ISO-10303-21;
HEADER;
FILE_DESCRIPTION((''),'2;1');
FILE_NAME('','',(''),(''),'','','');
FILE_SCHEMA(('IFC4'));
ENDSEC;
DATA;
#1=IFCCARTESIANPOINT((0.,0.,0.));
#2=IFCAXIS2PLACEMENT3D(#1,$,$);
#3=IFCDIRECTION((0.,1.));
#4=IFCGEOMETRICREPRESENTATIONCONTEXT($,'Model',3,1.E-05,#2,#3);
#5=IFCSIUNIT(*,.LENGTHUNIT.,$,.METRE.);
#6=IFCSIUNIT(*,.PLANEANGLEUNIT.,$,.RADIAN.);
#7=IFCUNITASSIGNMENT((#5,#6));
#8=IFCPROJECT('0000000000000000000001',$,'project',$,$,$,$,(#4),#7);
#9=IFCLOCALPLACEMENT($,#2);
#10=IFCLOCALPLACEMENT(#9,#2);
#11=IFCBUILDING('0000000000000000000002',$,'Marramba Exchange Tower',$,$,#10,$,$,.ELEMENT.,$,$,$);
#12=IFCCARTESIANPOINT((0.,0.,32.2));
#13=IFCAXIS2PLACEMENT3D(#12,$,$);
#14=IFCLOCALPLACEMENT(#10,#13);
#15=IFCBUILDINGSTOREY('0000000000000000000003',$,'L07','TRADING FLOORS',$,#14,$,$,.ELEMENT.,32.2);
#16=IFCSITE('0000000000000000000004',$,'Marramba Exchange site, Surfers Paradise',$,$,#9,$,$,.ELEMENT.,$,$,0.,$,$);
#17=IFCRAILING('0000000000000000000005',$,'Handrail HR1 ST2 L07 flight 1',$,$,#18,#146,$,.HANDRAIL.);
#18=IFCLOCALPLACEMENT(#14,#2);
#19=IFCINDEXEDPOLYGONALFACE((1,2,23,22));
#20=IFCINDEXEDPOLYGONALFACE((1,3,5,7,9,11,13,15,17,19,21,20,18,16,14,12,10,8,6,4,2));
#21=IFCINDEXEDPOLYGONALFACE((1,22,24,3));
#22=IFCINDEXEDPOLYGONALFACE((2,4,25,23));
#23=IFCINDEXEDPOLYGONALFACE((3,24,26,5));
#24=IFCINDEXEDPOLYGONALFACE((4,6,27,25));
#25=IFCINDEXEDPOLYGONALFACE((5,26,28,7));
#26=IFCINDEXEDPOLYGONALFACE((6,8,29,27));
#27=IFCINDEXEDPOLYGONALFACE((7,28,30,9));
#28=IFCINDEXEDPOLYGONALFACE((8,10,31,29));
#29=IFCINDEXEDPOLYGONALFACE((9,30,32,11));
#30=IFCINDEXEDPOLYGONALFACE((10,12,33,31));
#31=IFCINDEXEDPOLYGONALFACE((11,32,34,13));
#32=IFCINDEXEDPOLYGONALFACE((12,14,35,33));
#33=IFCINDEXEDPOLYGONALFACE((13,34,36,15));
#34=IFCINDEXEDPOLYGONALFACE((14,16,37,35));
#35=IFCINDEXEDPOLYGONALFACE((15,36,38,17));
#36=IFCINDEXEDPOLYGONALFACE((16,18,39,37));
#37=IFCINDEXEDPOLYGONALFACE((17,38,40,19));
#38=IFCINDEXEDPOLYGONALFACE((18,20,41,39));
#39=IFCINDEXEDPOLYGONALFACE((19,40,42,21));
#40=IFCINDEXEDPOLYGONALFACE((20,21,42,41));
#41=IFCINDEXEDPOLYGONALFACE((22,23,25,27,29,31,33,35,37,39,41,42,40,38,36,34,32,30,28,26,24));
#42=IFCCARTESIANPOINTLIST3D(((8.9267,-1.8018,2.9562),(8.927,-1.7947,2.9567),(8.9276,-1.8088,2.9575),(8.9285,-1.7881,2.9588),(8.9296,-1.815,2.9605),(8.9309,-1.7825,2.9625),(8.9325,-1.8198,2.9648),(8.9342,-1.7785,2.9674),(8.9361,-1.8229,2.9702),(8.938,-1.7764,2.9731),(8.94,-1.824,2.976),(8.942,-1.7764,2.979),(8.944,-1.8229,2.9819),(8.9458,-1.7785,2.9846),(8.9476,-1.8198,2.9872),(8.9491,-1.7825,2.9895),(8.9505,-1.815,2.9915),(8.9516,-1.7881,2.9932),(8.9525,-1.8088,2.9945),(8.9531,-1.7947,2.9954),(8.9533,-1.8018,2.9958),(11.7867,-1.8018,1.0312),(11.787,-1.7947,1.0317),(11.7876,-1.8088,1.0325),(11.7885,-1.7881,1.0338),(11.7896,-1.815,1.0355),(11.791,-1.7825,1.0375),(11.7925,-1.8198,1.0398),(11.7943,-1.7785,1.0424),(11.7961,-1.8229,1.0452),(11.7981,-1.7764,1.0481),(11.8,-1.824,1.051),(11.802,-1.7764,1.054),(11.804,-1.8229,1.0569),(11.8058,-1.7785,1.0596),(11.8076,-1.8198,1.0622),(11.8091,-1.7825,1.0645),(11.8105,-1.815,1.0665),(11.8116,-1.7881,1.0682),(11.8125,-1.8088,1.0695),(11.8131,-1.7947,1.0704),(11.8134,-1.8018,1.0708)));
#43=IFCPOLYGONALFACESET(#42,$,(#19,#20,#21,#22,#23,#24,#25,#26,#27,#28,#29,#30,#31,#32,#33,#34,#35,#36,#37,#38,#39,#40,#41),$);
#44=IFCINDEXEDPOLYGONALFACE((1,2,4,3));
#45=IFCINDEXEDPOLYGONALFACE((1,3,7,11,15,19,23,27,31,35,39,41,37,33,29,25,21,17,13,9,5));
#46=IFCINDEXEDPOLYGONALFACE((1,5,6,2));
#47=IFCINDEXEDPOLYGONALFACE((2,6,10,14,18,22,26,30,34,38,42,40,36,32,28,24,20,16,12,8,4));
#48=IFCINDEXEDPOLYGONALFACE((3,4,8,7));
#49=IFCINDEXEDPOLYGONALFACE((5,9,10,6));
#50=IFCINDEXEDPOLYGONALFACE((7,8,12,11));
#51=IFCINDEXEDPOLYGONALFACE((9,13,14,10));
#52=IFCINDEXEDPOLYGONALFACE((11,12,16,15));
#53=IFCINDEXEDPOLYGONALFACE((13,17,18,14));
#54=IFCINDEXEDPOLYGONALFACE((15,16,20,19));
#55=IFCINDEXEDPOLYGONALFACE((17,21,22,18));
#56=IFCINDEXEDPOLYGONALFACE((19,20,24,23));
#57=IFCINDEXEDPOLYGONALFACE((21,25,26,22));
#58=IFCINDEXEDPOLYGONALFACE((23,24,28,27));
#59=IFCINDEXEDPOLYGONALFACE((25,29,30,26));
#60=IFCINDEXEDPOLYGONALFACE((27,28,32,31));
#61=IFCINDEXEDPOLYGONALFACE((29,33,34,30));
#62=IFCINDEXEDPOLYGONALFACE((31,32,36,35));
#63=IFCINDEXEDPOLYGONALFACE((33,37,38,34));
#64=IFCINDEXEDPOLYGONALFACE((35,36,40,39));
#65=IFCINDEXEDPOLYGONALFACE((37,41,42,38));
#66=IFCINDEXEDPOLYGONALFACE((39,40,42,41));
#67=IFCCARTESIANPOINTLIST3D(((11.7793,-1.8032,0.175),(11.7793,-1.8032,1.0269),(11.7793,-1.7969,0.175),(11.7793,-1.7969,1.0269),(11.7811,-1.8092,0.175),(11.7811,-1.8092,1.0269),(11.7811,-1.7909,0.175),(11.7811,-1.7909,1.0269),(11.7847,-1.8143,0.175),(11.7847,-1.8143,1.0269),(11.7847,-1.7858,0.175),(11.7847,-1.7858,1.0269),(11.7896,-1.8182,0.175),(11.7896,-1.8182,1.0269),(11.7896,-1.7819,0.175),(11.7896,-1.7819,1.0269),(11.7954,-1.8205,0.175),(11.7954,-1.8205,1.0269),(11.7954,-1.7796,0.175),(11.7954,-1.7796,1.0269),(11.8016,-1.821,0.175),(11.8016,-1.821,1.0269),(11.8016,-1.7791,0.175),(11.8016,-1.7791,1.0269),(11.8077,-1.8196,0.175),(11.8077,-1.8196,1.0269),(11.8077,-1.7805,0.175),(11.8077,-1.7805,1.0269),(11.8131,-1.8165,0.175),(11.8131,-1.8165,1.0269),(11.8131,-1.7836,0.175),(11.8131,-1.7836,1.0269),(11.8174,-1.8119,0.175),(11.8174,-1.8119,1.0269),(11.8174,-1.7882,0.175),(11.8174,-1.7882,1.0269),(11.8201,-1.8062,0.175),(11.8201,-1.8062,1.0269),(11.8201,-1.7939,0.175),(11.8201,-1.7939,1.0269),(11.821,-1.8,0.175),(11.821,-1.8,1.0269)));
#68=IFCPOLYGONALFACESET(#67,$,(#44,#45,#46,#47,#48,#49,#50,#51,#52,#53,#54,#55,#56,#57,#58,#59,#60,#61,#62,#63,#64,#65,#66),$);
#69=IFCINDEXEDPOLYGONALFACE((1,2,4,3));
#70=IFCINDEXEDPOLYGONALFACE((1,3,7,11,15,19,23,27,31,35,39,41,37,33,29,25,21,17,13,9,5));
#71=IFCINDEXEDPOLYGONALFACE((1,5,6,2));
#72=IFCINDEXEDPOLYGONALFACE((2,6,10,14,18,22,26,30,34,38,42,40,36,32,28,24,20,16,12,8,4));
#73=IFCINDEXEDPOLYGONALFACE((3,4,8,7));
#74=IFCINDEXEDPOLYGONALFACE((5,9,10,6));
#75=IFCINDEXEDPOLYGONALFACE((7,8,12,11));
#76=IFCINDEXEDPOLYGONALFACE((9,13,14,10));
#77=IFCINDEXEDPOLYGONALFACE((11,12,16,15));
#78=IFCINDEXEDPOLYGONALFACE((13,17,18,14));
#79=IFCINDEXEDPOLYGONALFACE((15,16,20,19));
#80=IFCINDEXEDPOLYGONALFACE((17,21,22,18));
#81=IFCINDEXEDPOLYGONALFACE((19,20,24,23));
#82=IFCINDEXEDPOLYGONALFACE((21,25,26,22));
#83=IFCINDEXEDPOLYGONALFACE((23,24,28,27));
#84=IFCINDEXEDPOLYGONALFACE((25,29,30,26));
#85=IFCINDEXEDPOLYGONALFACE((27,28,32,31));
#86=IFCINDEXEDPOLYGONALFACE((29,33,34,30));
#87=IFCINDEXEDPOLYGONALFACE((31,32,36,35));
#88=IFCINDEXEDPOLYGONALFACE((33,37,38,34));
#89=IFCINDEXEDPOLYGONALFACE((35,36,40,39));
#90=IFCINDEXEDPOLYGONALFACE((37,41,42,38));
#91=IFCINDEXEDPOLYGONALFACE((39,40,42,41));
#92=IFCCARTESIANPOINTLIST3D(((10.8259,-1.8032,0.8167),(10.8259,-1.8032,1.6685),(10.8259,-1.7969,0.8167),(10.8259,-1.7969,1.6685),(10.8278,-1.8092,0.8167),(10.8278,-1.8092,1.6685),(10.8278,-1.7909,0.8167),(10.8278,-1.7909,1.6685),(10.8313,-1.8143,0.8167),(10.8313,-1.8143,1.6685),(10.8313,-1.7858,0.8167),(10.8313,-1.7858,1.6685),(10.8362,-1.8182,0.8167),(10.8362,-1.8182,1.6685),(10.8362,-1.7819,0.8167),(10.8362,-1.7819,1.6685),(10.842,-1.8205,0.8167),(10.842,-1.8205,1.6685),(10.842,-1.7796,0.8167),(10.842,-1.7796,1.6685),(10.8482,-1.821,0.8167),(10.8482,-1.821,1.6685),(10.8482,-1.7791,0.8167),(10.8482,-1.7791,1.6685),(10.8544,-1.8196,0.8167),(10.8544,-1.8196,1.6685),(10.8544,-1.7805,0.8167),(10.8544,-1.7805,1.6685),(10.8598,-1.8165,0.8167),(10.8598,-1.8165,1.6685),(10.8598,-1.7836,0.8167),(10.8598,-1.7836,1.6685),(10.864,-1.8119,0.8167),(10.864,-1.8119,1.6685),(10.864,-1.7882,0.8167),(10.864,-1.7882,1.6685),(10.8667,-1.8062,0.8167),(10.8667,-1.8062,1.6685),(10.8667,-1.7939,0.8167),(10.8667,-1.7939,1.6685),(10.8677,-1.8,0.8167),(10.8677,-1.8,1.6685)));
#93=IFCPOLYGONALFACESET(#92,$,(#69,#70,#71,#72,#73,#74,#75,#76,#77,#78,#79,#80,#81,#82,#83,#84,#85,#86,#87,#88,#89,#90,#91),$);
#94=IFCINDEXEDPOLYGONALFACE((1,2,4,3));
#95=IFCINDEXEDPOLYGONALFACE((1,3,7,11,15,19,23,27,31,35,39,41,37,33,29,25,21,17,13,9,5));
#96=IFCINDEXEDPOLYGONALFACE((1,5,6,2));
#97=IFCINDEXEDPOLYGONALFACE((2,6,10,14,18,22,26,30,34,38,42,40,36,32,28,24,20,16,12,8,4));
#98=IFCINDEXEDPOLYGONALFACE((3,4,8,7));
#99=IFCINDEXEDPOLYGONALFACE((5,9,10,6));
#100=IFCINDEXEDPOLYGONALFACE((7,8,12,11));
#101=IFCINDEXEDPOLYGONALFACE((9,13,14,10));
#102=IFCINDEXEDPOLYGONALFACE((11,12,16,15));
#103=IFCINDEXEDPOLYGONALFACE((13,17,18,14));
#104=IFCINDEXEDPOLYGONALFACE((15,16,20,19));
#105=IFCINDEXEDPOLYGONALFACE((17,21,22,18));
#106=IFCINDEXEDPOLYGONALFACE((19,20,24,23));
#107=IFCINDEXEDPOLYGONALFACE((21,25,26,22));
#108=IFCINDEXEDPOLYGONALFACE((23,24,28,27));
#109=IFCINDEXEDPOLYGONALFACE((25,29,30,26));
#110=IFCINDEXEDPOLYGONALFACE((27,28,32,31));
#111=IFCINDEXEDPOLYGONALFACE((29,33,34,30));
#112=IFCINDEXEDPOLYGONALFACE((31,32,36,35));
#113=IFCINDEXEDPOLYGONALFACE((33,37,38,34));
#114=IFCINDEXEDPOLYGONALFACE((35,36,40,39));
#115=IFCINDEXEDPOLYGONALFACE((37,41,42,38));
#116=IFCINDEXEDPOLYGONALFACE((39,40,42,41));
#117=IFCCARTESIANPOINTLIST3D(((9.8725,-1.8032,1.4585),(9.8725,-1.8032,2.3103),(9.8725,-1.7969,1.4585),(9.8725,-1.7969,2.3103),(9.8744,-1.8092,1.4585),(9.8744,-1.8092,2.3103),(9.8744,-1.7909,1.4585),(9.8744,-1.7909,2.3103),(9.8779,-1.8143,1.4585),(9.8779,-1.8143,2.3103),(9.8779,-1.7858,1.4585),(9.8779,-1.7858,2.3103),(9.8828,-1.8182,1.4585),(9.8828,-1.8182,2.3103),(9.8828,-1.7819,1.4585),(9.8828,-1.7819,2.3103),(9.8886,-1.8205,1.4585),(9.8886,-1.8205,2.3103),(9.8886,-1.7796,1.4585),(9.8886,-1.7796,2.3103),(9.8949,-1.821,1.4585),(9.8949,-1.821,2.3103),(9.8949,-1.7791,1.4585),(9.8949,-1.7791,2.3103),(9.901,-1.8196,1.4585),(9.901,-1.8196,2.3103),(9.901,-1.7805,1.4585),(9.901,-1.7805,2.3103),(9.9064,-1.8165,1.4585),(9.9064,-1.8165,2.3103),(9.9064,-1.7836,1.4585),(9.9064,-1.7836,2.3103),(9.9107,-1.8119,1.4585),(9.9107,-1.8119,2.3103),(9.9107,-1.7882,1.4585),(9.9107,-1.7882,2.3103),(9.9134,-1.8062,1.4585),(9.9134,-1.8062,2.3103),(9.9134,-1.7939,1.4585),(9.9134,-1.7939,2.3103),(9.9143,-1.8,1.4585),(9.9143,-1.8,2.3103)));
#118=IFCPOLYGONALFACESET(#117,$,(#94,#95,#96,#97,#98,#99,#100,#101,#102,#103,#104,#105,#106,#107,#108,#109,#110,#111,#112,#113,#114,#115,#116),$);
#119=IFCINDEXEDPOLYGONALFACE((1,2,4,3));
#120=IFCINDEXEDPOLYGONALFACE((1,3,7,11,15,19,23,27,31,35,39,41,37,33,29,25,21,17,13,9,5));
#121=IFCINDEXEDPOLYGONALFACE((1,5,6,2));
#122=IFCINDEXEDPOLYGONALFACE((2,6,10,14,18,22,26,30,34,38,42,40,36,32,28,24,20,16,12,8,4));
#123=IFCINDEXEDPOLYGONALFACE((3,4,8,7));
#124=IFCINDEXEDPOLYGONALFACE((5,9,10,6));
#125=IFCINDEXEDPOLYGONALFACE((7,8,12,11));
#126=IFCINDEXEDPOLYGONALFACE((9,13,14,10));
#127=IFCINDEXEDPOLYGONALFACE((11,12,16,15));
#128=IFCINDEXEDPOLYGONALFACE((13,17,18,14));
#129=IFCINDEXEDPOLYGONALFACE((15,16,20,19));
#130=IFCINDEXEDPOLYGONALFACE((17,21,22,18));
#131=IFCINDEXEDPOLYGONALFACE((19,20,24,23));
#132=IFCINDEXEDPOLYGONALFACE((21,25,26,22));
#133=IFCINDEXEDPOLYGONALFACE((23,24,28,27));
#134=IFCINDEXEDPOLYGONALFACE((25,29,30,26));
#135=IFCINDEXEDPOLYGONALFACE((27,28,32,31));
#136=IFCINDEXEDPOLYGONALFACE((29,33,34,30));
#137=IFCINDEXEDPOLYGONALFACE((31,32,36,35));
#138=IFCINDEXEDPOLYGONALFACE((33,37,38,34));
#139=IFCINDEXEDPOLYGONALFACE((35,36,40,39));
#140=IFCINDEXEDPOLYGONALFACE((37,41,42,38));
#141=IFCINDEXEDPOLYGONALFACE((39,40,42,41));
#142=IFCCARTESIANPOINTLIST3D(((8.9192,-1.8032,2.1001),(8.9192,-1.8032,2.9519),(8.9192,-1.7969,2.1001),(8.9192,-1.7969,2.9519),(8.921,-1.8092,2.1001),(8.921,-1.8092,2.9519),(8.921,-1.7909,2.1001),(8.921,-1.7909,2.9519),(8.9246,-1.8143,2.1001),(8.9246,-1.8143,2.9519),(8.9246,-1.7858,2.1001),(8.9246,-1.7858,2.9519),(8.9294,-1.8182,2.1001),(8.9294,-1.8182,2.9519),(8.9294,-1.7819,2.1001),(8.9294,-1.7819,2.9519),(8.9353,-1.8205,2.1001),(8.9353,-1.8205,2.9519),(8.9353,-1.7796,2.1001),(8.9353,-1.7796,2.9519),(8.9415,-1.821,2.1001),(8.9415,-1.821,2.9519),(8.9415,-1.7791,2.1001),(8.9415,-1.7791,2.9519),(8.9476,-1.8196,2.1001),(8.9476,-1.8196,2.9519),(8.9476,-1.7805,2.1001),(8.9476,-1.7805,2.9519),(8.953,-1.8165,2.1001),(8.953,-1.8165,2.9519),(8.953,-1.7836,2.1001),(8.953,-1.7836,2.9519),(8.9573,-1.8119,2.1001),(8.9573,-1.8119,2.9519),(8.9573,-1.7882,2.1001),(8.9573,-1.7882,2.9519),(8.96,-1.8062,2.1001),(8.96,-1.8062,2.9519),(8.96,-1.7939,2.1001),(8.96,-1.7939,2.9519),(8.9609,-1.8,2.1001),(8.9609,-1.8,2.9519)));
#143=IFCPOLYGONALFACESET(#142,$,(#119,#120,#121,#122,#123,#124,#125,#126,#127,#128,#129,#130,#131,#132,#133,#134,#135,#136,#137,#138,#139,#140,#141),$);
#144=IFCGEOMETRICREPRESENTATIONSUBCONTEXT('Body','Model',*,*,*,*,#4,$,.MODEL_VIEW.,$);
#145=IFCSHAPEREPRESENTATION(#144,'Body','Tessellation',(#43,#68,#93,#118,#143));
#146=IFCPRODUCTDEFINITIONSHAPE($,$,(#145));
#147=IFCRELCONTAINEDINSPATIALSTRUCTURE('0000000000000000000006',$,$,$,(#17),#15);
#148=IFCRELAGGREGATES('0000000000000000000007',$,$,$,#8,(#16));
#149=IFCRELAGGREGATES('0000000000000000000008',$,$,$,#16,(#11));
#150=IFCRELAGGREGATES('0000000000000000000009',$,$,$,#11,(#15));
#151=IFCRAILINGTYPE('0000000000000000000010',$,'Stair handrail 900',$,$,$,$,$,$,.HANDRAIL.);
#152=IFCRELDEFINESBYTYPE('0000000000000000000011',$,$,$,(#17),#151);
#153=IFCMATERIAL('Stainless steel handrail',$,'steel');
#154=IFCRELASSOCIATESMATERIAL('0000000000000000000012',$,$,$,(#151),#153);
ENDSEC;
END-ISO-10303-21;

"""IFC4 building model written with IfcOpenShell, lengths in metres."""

from ifc_helpers import new_model, si_unit, direction, frame, origin, origin_2d, place, context, subcontext, project, spatial, circle, extrude, material, type_object, element, save


model = new_model("IFC4")

# Units and contexts
model_context = context("Model", 3, precision=1e-05, world=origin(), true_north=direction((0.0, 1.0)))
body_context = subcontext(model_context, "Body", "Model", "MODEL_VIEW")
ifc_project = project(units=[si_unit("LENGTHUNIT", "METRE"), si_unit("PLANEANGLEUNIT", "RADIAN")], contexts=[model_context])

# Site, building, storey
site_placement = place(None, origin())
site = spatial("IfcSite", under=ifc_project, at=site_placement, Name="Marramba Exchange site, Surfers Paradise", CompositionType="ELEMENT", RefElevation=0.0)
building_placement = place(site_placement, origin())
building = spatial("IfcBuilding", under=site, at=building_placement, Name="Marramba Exchange Tower", CompositionType="ELEMENT")
storey_placement = place(building_placement, frame((0.0, 0.0, 32.2)))
storey = spatial("IfcBuildingStorey", under=building, at=storey_placement, Name="L07", Description="TRADING FLOORS", CompositionType="ELEMENT", Elevation=32.2)

# Railing
ifc_material_1 = material(Name="Stainless steel handrail", Category="steel")
railing_type = type_object("IfcRailingType", Name="Stair handrail 900", PredefinedType="HANDRAIL", material=ifc_material_1)
railing_placement = place(storey_placement, frame((11.8, -1.8, 0.175)))
element("IfcRailing", 1, at=railing_placement, inside=storey, type_object=railing_type, Name="Handrail HR1 ST2 L07 flight 1", PredefinedType="HANDRAIL", context=body_context, shape_type="SweptSolid", body=[
    extrude(circle(Radius=0.0239, at=origin_2d()), frame((0.0, 0.0, 0.876), z_axis=(-0.829591, 0.0, 0.558372), x_axis=(0.0, -1.0, 0.0)), (0.0, 0.0, 1.0), 3.4475),
    extrude(circle(Radius=0.021, at=origin_2d()), origin(), (0.0, 0.0, 1.0), 0.8518),
    extrude(circle(Radius=0.021, at=origin_2d()), frame((-0.9534, 0.0, 0.6416)), (0.0, 0.0, 1.0), 0.8518),
    extrude(circle(Radius=0.021, at=origin_2d()), frame((-1.9067, 0.0, 1.2834)), (0.0, 0.0, 1.0), 0.8518),
    extrude(circle(Radius=0.021, at=origin_2d()), frame((-2.8601, 0.0, 1.925)), (0.0, 0.0, 1.0), 0.8518),
])

save(model, "model.ifc")
